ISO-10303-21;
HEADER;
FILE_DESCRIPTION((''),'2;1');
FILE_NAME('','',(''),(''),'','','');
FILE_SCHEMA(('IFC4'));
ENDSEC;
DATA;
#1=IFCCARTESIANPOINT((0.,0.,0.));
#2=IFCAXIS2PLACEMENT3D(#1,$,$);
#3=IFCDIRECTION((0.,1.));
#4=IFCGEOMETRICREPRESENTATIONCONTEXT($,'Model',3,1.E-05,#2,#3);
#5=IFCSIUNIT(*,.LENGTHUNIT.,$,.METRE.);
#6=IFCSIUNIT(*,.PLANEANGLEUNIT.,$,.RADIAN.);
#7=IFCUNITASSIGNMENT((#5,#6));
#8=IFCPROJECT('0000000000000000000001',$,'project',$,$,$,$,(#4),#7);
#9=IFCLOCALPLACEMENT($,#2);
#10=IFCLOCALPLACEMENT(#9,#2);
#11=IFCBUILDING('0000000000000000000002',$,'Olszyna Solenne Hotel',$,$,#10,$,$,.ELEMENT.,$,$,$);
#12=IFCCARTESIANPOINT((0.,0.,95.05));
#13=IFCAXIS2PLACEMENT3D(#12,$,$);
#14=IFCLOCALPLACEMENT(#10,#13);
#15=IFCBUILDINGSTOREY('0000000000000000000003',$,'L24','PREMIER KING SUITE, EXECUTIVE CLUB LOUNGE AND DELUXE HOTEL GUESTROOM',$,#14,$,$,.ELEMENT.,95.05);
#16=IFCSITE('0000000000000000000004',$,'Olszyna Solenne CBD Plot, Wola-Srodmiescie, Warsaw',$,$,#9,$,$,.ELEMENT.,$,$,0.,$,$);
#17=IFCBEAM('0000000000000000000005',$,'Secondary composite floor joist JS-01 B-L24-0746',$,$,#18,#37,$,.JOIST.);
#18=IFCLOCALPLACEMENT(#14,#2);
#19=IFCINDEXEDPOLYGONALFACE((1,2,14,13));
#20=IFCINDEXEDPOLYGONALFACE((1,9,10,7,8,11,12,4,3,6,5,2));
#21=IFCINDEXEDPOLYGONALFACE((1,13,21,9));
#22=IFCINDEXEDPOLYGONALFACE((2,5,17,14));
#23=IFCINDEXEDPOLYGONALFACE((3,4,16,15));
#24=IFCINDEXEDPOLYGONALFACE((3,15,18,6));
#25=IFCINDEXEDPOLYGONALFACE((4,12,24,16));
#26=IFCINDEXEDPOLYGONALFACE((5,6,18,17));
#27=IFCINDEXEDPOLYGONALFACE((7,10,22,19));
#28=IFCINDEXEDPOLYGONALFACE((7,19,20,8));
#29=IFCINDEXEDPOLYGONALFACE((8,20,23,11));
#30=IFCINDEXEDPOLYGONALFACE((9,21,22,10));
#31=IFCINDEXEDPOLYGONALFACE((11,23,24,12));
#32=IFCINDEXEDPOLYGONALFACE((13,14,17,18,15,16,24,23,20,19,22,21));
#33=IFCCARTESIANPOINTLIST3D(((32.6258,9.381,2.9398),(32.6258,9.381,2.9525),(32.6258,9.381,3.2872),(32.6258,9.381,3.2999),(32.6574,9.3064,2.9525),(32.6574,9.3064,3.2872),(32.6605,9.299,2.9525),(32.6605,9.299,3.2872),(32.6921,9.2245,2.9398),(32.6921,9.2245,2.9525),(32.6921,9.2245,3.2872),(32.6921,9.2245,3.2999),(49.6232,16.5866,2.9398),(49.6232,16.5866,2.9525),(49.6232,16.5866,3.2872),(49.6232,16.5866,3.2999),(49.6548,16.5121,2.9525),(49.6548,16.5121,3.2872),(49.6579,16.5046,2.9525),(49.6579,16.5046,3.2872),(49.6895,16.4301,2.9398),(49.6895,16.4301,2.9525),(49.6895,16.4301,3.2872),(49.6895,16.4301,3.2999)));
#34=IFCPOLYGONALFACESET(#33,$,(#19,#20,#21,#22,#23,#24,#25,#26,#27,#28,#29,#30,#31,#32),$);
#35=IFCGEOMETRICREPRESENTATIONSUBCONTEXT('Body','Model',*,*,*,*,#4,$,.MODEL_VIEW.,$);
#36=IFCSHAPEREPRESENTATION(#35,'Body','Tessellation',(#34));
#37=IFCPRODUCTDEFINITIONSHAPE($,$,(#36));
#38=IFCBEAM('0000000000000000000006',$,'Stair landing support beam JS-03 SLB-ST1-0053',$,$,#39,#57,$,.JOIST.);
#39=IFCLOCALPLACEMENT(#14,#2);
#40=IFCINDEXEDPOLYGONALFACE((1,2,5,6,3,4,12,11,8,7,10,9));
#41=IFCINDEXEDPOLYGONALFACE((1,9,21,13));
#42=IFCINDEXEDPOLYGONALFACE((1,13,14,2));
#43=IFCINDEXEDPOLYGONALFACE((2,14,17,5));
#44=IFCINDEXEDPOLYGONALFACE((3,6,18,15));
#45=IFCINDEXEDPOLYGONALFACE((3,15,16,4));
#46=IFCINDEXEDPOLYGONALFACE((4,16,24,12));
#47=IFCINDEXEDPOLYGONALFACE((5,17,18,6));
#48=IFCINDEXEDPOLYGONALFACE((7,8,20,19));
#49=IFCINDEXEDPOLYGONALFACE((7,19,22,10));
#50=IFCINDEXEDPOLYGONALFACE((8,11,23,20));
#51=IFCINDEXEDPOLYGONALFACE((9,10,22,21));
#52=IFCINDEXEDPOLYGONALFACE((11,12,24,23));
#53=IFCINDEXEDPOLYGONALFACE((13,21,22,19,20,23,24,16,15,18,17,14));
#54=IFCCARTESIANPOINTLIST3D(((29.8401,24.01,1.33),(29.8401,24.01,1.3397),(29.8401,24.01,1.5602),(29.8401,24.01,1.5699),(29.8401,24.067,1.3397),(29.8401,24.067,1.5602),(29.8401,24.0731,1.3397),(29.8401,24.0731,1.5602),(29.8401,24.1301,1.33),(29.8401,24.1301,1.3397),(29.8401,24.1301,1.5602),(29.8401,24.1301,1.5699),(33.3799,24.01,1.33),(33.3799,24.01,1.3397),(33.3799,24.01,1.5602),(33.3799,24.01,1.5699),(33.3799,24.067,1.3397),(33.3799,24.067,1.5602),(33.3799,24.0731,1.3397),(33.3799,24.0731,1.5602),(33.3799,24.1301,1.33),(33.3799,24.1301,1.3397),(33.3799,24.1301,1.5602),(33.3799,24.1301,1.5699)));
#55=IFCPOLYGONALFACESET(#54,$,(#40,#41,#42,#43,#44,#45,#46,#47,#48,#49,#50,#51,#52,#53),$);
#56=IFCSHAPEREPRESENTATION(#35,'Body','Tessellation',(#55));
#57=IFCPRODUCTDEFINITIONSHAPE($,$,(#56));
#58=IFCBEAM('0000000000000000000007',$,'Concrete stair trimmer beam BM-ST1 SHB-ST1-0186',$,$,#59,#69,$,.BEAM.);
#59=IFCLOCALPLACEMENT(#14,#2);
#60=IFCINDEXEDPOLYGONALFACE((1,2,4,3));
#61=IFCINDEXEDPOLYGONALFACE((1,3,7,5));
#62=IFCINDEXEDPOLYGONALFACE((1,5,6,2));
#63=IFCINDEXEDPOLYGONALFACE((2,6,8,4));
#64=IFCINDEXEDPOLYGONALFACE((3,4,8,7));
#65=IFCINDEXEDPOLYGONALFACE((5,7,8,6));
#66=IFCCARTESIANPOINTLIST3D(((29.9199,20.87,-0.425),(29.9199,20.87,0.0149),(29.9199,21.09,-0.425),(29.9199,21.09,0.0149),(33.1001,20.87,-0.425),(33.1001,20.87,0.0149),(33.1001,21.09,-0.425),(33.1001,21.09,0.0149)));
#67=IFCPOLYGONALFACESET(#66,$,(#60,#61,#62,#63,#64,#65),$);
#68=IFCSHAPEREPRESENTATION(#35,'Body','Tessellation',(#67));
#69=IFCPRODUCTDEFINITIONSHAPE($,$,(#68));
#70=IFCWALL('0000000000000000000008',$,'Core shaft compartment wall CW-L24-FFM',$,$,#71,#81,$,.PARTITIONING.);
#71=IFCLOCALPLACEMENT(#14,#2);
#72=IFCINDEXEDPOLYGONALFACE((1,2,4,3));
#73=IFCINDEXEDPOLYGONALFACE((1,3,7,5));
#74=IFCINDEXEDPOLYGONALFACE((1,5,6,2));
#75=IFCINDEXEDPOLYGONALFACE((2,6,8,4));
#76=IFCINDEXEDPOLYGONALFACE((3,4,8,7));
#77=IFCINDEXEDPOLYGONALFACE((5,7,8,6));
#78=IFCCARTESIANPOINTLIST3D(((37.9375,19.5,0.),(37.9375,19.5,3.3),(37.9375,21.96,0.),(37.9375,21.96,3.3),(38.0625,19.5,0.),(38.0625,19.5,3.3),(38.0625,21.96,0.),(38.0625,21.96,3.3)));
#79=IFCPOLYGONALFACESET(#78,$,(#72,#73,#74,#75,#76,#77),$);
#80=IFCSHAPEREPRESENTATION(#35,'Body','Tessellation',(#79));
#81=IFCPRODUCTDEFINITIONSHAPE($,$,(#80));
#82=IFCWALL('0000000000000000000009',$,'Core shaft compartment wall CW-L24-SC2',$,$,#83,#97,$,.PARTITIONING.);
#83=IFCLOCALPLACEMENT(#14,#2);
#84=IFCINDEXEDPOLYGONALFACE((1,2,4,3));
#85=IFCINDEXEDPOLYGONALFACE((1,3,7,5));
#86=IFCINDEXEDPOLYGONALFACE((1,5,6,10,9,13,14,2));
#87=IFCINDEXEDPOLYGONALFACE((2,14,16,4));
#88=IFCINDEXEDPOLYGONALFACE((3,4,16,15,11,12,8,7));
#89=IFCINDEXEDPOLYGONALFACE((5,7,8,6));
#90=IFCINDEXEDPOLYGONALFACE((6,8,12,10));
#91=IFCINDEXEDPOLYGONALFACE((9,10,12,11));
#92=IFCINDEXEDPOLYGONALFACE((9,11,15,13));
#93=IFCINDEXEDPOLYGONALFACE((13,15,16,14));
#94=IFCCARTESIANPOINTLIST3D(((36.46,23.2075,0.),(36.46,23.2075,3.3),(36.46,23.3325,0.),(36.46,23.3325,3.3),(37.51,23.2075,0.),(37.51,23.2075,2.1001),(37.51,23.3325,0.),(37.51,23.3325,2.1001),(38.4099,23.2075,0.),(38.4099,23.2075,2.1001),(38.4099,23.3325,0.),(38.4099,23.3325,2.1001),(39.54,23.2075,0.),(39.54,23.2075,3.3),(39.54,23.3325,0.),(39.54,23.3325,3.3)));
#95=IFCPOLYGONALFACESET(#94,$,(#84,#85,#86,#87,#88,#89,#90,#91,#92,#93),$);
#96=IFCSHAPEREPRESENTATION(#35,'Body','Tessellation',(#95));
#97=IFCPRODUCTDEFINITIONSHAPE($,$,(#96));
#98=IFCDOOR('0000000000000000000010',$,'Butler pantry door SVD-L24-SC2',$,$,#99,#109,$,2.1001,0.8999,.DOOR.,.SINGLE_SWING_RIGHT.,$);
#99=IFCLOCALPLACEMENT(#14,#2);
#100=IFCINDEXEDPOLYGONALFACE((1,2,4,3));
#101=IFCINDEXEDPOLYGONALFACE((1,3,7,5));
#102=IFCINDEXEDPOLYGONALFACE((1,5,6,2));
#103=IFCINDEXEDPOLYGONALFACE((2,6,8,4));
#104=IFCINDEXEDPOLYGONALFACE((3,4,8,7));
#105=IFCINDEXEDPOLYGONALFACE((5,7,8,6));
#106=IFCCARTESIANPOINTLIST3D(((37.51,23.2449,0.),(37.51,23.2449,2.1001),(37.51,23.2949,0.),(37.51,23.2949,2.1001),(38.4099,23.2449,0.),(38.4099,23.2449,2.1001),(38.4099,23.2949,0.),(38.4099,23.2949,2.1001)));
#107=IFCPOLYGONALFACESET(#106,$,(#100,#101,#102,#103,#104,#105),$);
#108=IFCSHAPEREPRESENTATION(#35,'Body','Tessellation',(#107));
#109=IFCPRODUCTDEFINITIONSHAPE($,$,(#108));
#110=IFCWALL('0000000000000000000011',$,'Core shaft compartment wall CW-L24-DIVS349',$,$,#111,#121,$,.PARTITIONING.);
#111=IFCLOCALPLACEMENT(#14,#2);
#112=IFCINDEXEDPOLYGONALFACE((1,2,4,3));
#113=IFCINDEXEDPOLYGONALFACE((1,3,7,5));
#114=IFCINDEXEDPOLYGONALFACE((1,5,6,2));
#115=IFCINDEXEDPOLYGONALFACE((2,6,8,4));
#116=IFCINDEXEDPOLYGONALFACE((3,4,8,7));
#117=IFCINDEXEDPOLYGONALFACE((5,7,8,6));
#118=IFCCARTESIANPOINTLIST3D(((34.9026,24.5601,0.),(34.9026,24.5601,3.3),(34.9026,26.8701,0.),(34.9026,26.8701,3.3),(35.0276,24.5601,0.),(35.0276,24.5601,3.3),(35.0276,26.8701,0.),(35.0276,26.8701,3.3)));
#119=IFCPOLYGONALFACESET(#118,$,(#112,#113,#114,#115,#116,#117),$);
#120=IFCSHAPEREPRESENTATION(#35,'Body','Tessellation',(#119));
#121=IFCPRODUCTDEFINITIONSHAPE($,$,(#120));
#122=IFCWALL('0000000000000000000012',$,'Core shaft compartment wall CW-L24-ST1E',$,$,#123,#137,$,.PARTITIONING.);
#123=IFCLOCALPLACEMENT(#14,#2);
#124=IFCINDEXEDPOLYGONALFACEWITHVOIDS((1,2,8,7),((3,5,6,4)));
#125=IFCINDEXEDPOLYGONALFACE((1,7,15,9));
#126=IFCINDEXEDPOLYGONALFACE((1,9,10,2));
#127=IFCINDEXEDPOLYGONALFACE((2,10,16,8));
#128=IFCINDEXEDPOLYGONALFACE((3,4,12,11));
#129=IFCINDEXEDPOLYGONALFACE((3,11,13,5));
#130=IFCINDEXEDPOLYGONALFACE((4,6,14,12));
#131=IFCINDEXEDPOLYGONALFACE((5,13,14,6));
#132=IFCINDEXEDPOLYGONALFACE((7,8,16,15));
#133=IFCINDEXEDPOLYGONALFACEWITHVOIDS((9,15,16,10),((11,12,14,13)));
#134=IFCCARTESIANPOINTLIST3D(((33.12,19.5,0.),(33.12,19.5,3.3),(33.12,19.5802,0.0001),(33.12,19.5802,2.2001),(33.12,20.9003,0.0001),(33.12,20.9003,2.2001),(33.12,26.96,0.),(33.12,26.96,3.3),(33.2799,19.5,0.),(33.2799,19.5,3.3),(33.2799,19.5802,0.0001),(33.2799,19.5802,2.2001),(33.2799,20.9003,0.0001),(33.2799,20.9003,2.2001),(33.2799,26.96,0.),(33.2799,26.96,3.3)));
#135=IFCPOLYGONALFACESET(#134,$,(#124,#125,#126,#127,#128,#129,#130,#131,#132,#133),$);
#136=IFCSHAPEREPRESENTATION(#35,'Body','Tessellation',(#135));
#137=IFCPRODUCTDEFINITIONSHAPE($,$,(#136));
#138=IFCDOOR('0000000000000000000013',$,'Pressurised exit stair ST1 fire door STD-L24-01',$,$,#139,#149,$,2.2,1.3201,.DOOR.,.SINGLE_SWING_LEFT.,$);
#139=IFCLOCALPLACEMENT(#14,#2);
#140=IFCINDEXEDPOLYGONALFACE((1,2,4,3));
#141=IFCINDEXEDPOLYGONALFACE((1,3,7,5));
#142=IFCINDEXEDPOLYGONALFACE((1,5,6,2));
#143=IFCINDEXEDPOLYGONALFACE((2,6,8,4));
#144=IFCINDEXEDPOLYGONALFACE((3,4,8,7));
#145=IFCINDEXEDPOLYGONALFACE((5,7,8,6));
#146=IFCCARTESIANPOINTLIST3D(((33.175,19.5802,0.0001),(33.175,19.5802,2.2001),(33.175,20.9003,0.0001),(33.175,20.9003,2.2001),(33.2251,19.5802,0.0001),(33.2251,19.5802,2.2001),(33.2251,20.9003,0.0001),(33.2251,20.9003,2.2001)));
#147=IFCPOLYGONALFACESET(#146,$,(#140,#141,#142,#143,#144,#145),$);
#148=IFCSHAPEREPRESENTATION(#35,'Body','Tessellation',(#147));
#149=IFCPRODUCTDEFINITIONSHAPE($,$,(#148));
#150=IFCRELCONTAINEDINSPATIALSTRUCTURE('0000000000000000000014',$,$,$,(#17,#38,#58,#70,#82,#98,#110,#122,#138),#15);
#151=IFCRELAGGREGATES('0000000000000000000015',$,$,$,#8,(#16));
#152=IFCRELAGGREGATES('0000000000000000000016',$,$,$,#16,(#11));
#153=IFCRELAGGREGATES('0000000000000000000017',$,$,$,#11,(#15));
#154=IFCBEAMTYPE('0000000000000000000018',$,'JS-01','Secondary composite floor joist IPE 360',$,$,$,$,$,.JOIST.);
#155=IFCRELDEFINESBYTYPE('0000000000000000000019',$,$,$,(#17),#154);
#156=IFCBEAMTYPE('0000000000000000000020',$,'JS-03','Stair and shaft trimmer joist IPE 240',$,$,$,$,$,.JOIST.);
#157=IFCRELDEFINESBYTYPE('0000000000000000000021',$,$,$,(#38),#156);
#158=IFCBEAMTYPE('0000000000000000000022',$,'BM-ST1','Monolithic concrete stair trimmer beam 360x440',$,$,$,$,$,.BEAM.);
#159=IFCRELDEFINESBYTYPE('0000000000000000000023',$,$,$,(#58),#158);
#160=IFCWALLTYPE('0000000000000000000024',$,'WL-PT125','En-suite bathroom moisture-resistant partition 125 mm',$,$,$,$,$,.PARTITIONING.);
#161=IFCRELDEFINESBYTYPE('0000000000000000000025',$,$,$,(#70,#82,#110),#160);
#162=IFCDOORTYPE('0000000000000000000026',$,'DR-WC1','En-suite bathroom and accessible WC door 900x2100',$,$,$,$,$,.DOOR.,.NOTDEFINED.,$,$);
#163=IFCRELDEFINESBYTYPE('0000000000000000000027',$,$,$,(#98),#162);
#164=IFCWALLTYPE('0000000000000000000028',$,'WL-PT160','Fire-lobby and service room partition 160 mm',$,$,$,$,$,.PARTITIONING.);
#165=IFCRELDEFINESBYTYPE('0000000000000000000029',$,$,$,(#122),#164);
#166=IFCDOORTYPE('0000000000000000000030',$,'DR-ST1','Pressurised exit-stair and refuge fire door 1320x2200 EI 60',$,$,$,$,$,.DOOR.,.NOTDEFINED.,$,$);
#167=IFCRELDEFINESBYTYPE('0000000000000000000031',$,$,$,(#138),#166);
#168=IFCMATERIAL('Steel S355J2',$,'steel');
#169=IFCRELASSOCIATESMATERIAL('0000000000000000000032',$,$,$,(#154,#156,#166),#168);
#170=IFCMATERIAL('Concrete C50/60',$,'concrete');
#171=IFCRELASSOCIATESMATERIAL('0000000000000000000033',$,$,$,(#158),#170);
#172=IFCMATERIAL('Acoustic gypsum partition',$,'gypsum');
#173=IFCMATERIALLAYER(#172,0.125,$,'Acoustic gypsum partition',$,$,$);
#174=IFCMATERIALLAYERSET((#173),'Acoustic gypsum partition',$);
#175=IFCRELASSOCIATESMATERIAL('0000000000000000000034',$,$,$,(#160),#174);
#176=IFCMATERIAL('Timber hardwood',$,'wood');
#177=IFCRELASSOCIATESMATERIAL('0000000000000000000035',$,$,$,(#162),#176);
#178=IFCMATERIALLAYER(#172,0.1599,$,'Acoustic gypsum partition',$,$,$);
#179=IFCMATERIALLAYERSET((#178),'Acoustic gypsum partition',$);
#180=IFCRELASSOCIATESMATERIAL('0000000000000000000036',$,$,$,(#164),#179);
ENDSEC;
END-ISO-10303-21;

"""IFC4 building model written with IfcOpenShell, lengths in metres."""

from ifc_helpers import new_model, si_unit, direction, frame, frame_2d, origin, origin_2d, place, context, subcontext, project, spatial, rectangle, i_section, extrude, source, transform, mapped, material, layer, layer_set, material_profile, profile_set, type_object, type_shapes, element, fill, save


model = new_model("IFC4")

# Units and contexts
model_context = context("Model", 3, precision=1e-05, world=origin(), true_north=direction((0.0, 1.0)))
body_context = subcontext(model_context, "Body", "Model", "MODEL_VIEW")
ifc_project = project(units=[si_unit("LENGTHUNIT", "METRE"), si_unit("PLANEANGLEUNIT", "RADIAN")], contexts=[model_context])

# Site, building, storey
site_placement = place(None, origin())
site = spatial("IfcSite", under=ifc_project, at=site_placement, Name="Olszyna Solenne CBD Plot, Wola-Srodmiescie, Warsaw", CompositionType="ELEMENT", RefElevation=0.0)
building_placement = place(site_placement, origin())
building = spatial("IfcBuilding", under=site, at=building_placement, Name="Olszyna Solenne Hotel", CompositionType="ELEMENT")
storey_placement = place(building_placement, frame((0.0, 0.0, 95.05)))
storey = spatial("IfcBuildingStorey", under=building, at=storey_placement, Name="L24", Description="PREMIER KING SUITE, EXECUTIVE CLUB LOUNGE AND DELUXE HOTEL GUESTROOM", CompositionType="ELEMENT", Elevation=95.05)

# Beams
ifc_material_1 = material(Name="Steel S355J2", Category="steel")
ifc_material_profile_1 = material_profile(ifc_material_1, i_section(OverallWidth=0.1699, OverallDepth=0.3601, WebThickness=0.0081, FlangeThickness=0.0127, at=origin_2d()), Name="IPE 360", Category="load-bearing")
ifc_profile_set_1 = profile_set([ifc_material_profile_1], Name="Steel S355J2")
beam_type_1 = type_object("IfcBeamType", Name="JS-01", Description="Secondary composite floor joist IPE 360", PredefinedType="JOIST", material=ifc_profile_set_1)
shared_shape_1 = source(origin(), body_context, "Body", "SweptSolid", [
    extrude(i_section(OverallWidth=0.1699, OverallDepth=0.3601, WebThickness=0.0081, FlangeThickness=0.0127, at=origin_2d()), origin(), (0.0, 0.0, 1.0), 18.4617),
])
beam_1_placement = place(storey_placement, frame((32.6589, 9.3027, 3.1199), z_axis=(0.920687, 0.390301, 0.0), x_axis=(-0.390301, 0.920687, 0.0)))
element("IfcBeam", 1, at=beam_1_placement, inside=storey, type_object=beam_type_1, Name="Secondary composite floor joist JS-01 B-L24-0746", PredefinedType="JOIST", context=body_context, shape_type="MappedRepresentation", body=[
    mapped(shared_shape_1, transform((0.0, 0.0, 0.0), x_axis=(1.0, 0.0, 0.0), y_axis=(0.0, 1.0, 0.0), z_axis=(0.0, 0.0, 1.0), scale=1.0)),
])
ifc_material_profile_2 = material_profile(ifc_material_1, i_section(OverallWidth=0.1201, OverallDepth=0.24, WebThickness=0.0061, FlangeThickness=0.0098, at=origin_2d()), Name="IPE 240", Category="load-bearing")
ifc_profile_set_2 = profile_set([ifc_material_profile_2], Name="Steel S355J2")
beam_type_2 = type_object("IfcBeamType", Name="JS-03", Description="Stair and shaft trimmer joist IPE 240", PredefinedType="JOIST", material=ifc_profile_set_2)
shared_shape_2 = source(origin(), body_context, "Body", "SweptSolid", [
    extrude(i_section(OverallWidth=0.1201, OverallDepth=0.24, WebThickness=0.0061, FlangeThickness=0.0098, at=origin_2d()), origin(), (0.0, 0.0, 1.0), 3.5398),
])
beam_2_placement = place(storey_placement, frame((33.3799, 24.0701, 1.45), z_axis=(-1.0, 0.0, 0.0), x_axis=(0.0, -1.0, 0.0)))
element("IfcBeam", 2, at=beam_2_placement, inside=storey, type_object=beam_type_2, Name="Stair landing support beam JS-03 SLB-ST1-0053", PredefinedType="JOIST", context=body_context, shape_type="MappedRepresentation", body=[
    mapped(shared_shape_2, transform((0.0, 0.0, 0.0), x_axis=(1.0, 0.0, 0.0), y_axis=(0.0, 1.0, 0.0), z_axis=(0.0, 0.0, 1.0), scale=1.0)),
])
ifc_material_2 = material(Name="Concrete C50/60", Category="concrete")
ifc_material_profile_3 = material_profile(ifc_material_2, rectangle(XDim=0.22, YDim=0.4399, at=origin_2d()), Name="RC 220x440", Category="load-bearing")
ifc_profile_set_3 = profile_set([ifc_material_profile_3], Name="Concrete C50/60")
beam_type_3 = type_object("IfcBeamType", Name="BM-ST1", Description="Monolithic concrete stair trimmer beam 360x440", PredefinedType="BEAM", material=ifc_profile_set_3)
shared_shape_3 = source(origin(), body_context, "Body", "SweptSolid", [
    extrude(rectangle(XDim=0.22, YDim=0.4399, at=origin_2d()), origin(), (0.0, 0.0, 1.0), 3.1802),
])
beam_3_placement = place(storey_placement, frame((33.1001, 20.98, -0.2051), z_axis=(-1.0, 0.0, 0.0), x_axis=(0.0, -1.0, 0.0)))
element("IfcBeam", 3, at=beam_3_placement, inside=storey, type_object=beam_type_3, Name="Concrete stair trimmer beam BM-ST1 SHB-ST1-0186", PredefinedType="BEAM", context=body_context, shape_type="MappedRepresentation", body=[
    mapped(shared_shape_3, transform((0.0, 0.0, 0.0), x_axis=(1.0, 0.0, 0.0), y_axis=(0.0, 1.0, 0.0), z_axis=(0.0, 0.0, 1.0), scale=1.0)),
])

# Wall
ifc_material_3 = material(Name="Acoustic gypsum partition", Category="gypsum")
ifc_layer_1 = layer(ifc_material_3, 0.125, Name="Acoustic gypsum partition")
ifc_layer_set_1 = layer_set([ifc_layer_1], Name="Acoustic gypsum partition")
wall_type_1 = type_object("IfcWallType", Name="WL-PT125", Description="En-suite bathroom moisture-resistant partition 125 mm", PredefinedType="PARTITIONING", material=ifc_layer_set_1)
wall_1_placement = place(storey_placement, frame((38.0, 19.5, 0.0), z_axis=(0.0, 0.0, 1.0), x_axis=(0.0, 1.0, 0.0)))
element("IfcWall", 4, at=wall_1_placement, inside=storey, type_object=wall_type_1, Name="Core shaft compartment wall CW-L24-FFM", PredefinedType="PARTITIONING", context=body_context, shape_type="SweptSolid", body=[
    extrude(rectangle(XDim=2.46, YDim=0.125, at=frame_2d((1.23, 0.0))), origin(), (0.0, 0.0, 1.0), 3.3),
])

# Wall, opening, door
wall_2_placement = place(storey_placement, frame((36.46, 23.27, 0.0), z_axis=(0.0, 0.0, 1.0), x_axis=(1.0, 0.0, 0.0)))
wall_2 = element("IfcWall", 5, at=wall_2_placement, inside=storey, type_object=wall_type_1, Name="Core shaft compartment wall CW-L24-SC2", PredefinedType="PARTITIONING", context=body_context, shape_type="SweptSolid", body=[
    extrude(rectangle(XDim=3.0801, YDim=0.125, at=frame_2d((1.54, 0.0))), origin(), (0.0, 0.0, 1.0), 3.3),
])
opening_1_placement = place(wall_2_placement, frame((1.05, 0.0, 0.0)))
opening_1 = element("IfcOpeningElement", 6, at=opening_1_placement, cuts=wall_2, PredefinedType="OPENING", context=body_context, shape_type="SweptSolid", body=[
    extrude(rectangle(XDim=0.8999, YDim=2.1001, at=frame_2d((0.45, 1.05))), frame((0.0, 0.0725, 0.0), z_axis=(0.0, -1.0, 0.0), x_axis=(1.0, 0.0, 0.0)), (0.0, 0.0, 1.0), 0.145),
])
ifc_material_4 = material(Name="Timber hardwood", Category="wood")
door_type_1 = type_object("IfcDoorType", Name="DR-WC1", Description="En-suite bathroom and accessible WC door 900x2100", OperationType="NOTDEFINED", PredefinedType="DOOR", material=ifc_material_4)
shared_shape_4 = source(origin(), body_context, "Body", "SweptSolid", [
    extrude(rectangle(XDim=0.8999, YDim=2.1001, at=frame_2d((0.45, 1.05))), frame((0.0, 0.0249, 0.0), z_axis=(0.0, -1.0, 0.0), x_axis=(1.0, 0.0, 0.0)), (0.0, 0.0, 1.0), 0.05),
])
type_shapes(door_type_1, [shared_shape_4])
door_1_placement = place(opening_1_placement, origin())
door_1 = element("IfcDoor", 7, at=door_1_placement, inside=storey, type_object=door_type_1, Name="Butler pantry door SVD-L24-SC2", OperationType="SINGLE_SWING_RIGHT", OverallHeight=2.1001, OverallWidth=0.8999, PredefinedType="DOOR", context=body_context, shape_type="MappedRepresentation", body=[
    mapped(shared_shape_4, transform((0.0, 0.0, 0.0), x_axis=(1.0, 0.0, 0.0), y_axis=(0.0, 1.0, 0.0), z_axis=(0.0, 0.0, 1.0), scale=1.0)),
])
fill(opening_1, door_1)

# Wall
wall_3_placement = place(storey_placement, frame((34.9651, 24.5601, 0.0), z_axis=(0.0, 0.0, 1.0), x_axis=(0.0, 1.0, 0.0)))
element("IfcWall", 8, at=wall_3_placement, inside=storey, type_object=wall_type_1, Name="Core shaft compartment wall CW-L24-DIVS349", PredefinedType="PARTITIONING", context=body_context, shape_type="SweptSolid", body=[
    extrude(rectangle(XDim=2.3101, YDim=0.125, at=frame_2d((1.155, 0.0))), origin(), (0.0, 0.0, 1.0), 3.3),
])

# Wall, opening, door
ifc_layer_2 = layer(ifc_material_3, 0.1599, Name="Acoustic gypsum partition")
ifc_layer_set_2 = layer_set([ifc_layer_2], Name="Acoustic gypsum partition")
wall_type_2 = type_object("IfcWallType", Name="WL-PT160", Description="Fire-lobby and service room partition 160 mm", PredefinedType="PARTITIONING", material=ifc_layer_set_2)
wall_4_placement = place(storey_placement, frame((33.2, 19.5, 0.0), z_axis=(0.0, 0.0, 1.0), x_axis=(0.0, 1.0, 0.0)))
wall_4 = element("IfcWall", 9, at=wall_4_placement, inside=storey, type_object=wall_type_2, Name="Core shaft compartment wall CW-L24-ST1E", PredefinedType="PARTITIONING", context=body_context, shape_type="SweptSolid", body=[
    extrude(rectangle(XDim=7.46, YDim=0.1599, at=frame_2d((3.73, 0.0))), origin(), (0.0, 0.0, 1.0), 3.3),
])
opening_2_placement = place(wall_4_placement, frame((0.0801, 0.0, 0.0)))
opening_2 = element("IfcOpeningElement", 10, at=opening_2_placement, cuts=wall_4, PredefinedType="OPENING", context=body_context, shape_type="SweptSolid", body=[
    extrude(rectangle(XDim=1.3201, YDim=2.2, at=frame_2d((0.6602, 1.1001))), frame((0.0, 0.0898, 0.0), z_axis=(0.0, -1.0, 0.0), x_axis=(1.0, 0.0, 0.0)), (0.0, 0.0, 1.0), 0.1799),
])
door_type_2 = type_object("IfcDoorType", Name="DR-ST1", Description="Pressurised exit-stair and refuge fire door 1320x2200 EI 60", OperationType="NOTDEFINED", PredefinedType="DOOR", material=ifc_material_1)
shared_shape_5 = source(origin(), body_context, "Body", "SweptSolid", [
    extrude(rectangle(XDim=1.3201, YDim=2.2, at=frame_2d((0.6602, 1.1001))), frame((0.0, 0.0249, 0.0), z_axis=(0.0, -1.0, 0.0), x_axis=(1.0, 0.0, 0.0)), (0.0, 0.0, 1.0), 0.05),
])
type_shapes(door_type_2, [shared_shape_5])
door_2_placement = place(opening_2_placement, origin())
door_2 = element("IfcDoor", 11, at=door_2_placement, inside=storey, type_object=door_type_2, Name="Pressurised exit stair ST1 fire door STD-L24-01", OperationType="SINGLE_SWING_LEFT", OverallHeight=2.2, OverallWidth=1.3201, PredefinedType="DOOR", context=body_context, shape_type="MappedRepresentation", body=[
    mapped(shared_shape_5, transform((0.0, 0.0, 0.0), x_axis=(1.0, 0.0, 0.0), y_axis=(0.0, 1.0, 0.0), z_axis=(0.0, 0.0, 1.0), scale=1.0)),
])
fill(opening_2, door_2)

save(model, "model.ifc")
